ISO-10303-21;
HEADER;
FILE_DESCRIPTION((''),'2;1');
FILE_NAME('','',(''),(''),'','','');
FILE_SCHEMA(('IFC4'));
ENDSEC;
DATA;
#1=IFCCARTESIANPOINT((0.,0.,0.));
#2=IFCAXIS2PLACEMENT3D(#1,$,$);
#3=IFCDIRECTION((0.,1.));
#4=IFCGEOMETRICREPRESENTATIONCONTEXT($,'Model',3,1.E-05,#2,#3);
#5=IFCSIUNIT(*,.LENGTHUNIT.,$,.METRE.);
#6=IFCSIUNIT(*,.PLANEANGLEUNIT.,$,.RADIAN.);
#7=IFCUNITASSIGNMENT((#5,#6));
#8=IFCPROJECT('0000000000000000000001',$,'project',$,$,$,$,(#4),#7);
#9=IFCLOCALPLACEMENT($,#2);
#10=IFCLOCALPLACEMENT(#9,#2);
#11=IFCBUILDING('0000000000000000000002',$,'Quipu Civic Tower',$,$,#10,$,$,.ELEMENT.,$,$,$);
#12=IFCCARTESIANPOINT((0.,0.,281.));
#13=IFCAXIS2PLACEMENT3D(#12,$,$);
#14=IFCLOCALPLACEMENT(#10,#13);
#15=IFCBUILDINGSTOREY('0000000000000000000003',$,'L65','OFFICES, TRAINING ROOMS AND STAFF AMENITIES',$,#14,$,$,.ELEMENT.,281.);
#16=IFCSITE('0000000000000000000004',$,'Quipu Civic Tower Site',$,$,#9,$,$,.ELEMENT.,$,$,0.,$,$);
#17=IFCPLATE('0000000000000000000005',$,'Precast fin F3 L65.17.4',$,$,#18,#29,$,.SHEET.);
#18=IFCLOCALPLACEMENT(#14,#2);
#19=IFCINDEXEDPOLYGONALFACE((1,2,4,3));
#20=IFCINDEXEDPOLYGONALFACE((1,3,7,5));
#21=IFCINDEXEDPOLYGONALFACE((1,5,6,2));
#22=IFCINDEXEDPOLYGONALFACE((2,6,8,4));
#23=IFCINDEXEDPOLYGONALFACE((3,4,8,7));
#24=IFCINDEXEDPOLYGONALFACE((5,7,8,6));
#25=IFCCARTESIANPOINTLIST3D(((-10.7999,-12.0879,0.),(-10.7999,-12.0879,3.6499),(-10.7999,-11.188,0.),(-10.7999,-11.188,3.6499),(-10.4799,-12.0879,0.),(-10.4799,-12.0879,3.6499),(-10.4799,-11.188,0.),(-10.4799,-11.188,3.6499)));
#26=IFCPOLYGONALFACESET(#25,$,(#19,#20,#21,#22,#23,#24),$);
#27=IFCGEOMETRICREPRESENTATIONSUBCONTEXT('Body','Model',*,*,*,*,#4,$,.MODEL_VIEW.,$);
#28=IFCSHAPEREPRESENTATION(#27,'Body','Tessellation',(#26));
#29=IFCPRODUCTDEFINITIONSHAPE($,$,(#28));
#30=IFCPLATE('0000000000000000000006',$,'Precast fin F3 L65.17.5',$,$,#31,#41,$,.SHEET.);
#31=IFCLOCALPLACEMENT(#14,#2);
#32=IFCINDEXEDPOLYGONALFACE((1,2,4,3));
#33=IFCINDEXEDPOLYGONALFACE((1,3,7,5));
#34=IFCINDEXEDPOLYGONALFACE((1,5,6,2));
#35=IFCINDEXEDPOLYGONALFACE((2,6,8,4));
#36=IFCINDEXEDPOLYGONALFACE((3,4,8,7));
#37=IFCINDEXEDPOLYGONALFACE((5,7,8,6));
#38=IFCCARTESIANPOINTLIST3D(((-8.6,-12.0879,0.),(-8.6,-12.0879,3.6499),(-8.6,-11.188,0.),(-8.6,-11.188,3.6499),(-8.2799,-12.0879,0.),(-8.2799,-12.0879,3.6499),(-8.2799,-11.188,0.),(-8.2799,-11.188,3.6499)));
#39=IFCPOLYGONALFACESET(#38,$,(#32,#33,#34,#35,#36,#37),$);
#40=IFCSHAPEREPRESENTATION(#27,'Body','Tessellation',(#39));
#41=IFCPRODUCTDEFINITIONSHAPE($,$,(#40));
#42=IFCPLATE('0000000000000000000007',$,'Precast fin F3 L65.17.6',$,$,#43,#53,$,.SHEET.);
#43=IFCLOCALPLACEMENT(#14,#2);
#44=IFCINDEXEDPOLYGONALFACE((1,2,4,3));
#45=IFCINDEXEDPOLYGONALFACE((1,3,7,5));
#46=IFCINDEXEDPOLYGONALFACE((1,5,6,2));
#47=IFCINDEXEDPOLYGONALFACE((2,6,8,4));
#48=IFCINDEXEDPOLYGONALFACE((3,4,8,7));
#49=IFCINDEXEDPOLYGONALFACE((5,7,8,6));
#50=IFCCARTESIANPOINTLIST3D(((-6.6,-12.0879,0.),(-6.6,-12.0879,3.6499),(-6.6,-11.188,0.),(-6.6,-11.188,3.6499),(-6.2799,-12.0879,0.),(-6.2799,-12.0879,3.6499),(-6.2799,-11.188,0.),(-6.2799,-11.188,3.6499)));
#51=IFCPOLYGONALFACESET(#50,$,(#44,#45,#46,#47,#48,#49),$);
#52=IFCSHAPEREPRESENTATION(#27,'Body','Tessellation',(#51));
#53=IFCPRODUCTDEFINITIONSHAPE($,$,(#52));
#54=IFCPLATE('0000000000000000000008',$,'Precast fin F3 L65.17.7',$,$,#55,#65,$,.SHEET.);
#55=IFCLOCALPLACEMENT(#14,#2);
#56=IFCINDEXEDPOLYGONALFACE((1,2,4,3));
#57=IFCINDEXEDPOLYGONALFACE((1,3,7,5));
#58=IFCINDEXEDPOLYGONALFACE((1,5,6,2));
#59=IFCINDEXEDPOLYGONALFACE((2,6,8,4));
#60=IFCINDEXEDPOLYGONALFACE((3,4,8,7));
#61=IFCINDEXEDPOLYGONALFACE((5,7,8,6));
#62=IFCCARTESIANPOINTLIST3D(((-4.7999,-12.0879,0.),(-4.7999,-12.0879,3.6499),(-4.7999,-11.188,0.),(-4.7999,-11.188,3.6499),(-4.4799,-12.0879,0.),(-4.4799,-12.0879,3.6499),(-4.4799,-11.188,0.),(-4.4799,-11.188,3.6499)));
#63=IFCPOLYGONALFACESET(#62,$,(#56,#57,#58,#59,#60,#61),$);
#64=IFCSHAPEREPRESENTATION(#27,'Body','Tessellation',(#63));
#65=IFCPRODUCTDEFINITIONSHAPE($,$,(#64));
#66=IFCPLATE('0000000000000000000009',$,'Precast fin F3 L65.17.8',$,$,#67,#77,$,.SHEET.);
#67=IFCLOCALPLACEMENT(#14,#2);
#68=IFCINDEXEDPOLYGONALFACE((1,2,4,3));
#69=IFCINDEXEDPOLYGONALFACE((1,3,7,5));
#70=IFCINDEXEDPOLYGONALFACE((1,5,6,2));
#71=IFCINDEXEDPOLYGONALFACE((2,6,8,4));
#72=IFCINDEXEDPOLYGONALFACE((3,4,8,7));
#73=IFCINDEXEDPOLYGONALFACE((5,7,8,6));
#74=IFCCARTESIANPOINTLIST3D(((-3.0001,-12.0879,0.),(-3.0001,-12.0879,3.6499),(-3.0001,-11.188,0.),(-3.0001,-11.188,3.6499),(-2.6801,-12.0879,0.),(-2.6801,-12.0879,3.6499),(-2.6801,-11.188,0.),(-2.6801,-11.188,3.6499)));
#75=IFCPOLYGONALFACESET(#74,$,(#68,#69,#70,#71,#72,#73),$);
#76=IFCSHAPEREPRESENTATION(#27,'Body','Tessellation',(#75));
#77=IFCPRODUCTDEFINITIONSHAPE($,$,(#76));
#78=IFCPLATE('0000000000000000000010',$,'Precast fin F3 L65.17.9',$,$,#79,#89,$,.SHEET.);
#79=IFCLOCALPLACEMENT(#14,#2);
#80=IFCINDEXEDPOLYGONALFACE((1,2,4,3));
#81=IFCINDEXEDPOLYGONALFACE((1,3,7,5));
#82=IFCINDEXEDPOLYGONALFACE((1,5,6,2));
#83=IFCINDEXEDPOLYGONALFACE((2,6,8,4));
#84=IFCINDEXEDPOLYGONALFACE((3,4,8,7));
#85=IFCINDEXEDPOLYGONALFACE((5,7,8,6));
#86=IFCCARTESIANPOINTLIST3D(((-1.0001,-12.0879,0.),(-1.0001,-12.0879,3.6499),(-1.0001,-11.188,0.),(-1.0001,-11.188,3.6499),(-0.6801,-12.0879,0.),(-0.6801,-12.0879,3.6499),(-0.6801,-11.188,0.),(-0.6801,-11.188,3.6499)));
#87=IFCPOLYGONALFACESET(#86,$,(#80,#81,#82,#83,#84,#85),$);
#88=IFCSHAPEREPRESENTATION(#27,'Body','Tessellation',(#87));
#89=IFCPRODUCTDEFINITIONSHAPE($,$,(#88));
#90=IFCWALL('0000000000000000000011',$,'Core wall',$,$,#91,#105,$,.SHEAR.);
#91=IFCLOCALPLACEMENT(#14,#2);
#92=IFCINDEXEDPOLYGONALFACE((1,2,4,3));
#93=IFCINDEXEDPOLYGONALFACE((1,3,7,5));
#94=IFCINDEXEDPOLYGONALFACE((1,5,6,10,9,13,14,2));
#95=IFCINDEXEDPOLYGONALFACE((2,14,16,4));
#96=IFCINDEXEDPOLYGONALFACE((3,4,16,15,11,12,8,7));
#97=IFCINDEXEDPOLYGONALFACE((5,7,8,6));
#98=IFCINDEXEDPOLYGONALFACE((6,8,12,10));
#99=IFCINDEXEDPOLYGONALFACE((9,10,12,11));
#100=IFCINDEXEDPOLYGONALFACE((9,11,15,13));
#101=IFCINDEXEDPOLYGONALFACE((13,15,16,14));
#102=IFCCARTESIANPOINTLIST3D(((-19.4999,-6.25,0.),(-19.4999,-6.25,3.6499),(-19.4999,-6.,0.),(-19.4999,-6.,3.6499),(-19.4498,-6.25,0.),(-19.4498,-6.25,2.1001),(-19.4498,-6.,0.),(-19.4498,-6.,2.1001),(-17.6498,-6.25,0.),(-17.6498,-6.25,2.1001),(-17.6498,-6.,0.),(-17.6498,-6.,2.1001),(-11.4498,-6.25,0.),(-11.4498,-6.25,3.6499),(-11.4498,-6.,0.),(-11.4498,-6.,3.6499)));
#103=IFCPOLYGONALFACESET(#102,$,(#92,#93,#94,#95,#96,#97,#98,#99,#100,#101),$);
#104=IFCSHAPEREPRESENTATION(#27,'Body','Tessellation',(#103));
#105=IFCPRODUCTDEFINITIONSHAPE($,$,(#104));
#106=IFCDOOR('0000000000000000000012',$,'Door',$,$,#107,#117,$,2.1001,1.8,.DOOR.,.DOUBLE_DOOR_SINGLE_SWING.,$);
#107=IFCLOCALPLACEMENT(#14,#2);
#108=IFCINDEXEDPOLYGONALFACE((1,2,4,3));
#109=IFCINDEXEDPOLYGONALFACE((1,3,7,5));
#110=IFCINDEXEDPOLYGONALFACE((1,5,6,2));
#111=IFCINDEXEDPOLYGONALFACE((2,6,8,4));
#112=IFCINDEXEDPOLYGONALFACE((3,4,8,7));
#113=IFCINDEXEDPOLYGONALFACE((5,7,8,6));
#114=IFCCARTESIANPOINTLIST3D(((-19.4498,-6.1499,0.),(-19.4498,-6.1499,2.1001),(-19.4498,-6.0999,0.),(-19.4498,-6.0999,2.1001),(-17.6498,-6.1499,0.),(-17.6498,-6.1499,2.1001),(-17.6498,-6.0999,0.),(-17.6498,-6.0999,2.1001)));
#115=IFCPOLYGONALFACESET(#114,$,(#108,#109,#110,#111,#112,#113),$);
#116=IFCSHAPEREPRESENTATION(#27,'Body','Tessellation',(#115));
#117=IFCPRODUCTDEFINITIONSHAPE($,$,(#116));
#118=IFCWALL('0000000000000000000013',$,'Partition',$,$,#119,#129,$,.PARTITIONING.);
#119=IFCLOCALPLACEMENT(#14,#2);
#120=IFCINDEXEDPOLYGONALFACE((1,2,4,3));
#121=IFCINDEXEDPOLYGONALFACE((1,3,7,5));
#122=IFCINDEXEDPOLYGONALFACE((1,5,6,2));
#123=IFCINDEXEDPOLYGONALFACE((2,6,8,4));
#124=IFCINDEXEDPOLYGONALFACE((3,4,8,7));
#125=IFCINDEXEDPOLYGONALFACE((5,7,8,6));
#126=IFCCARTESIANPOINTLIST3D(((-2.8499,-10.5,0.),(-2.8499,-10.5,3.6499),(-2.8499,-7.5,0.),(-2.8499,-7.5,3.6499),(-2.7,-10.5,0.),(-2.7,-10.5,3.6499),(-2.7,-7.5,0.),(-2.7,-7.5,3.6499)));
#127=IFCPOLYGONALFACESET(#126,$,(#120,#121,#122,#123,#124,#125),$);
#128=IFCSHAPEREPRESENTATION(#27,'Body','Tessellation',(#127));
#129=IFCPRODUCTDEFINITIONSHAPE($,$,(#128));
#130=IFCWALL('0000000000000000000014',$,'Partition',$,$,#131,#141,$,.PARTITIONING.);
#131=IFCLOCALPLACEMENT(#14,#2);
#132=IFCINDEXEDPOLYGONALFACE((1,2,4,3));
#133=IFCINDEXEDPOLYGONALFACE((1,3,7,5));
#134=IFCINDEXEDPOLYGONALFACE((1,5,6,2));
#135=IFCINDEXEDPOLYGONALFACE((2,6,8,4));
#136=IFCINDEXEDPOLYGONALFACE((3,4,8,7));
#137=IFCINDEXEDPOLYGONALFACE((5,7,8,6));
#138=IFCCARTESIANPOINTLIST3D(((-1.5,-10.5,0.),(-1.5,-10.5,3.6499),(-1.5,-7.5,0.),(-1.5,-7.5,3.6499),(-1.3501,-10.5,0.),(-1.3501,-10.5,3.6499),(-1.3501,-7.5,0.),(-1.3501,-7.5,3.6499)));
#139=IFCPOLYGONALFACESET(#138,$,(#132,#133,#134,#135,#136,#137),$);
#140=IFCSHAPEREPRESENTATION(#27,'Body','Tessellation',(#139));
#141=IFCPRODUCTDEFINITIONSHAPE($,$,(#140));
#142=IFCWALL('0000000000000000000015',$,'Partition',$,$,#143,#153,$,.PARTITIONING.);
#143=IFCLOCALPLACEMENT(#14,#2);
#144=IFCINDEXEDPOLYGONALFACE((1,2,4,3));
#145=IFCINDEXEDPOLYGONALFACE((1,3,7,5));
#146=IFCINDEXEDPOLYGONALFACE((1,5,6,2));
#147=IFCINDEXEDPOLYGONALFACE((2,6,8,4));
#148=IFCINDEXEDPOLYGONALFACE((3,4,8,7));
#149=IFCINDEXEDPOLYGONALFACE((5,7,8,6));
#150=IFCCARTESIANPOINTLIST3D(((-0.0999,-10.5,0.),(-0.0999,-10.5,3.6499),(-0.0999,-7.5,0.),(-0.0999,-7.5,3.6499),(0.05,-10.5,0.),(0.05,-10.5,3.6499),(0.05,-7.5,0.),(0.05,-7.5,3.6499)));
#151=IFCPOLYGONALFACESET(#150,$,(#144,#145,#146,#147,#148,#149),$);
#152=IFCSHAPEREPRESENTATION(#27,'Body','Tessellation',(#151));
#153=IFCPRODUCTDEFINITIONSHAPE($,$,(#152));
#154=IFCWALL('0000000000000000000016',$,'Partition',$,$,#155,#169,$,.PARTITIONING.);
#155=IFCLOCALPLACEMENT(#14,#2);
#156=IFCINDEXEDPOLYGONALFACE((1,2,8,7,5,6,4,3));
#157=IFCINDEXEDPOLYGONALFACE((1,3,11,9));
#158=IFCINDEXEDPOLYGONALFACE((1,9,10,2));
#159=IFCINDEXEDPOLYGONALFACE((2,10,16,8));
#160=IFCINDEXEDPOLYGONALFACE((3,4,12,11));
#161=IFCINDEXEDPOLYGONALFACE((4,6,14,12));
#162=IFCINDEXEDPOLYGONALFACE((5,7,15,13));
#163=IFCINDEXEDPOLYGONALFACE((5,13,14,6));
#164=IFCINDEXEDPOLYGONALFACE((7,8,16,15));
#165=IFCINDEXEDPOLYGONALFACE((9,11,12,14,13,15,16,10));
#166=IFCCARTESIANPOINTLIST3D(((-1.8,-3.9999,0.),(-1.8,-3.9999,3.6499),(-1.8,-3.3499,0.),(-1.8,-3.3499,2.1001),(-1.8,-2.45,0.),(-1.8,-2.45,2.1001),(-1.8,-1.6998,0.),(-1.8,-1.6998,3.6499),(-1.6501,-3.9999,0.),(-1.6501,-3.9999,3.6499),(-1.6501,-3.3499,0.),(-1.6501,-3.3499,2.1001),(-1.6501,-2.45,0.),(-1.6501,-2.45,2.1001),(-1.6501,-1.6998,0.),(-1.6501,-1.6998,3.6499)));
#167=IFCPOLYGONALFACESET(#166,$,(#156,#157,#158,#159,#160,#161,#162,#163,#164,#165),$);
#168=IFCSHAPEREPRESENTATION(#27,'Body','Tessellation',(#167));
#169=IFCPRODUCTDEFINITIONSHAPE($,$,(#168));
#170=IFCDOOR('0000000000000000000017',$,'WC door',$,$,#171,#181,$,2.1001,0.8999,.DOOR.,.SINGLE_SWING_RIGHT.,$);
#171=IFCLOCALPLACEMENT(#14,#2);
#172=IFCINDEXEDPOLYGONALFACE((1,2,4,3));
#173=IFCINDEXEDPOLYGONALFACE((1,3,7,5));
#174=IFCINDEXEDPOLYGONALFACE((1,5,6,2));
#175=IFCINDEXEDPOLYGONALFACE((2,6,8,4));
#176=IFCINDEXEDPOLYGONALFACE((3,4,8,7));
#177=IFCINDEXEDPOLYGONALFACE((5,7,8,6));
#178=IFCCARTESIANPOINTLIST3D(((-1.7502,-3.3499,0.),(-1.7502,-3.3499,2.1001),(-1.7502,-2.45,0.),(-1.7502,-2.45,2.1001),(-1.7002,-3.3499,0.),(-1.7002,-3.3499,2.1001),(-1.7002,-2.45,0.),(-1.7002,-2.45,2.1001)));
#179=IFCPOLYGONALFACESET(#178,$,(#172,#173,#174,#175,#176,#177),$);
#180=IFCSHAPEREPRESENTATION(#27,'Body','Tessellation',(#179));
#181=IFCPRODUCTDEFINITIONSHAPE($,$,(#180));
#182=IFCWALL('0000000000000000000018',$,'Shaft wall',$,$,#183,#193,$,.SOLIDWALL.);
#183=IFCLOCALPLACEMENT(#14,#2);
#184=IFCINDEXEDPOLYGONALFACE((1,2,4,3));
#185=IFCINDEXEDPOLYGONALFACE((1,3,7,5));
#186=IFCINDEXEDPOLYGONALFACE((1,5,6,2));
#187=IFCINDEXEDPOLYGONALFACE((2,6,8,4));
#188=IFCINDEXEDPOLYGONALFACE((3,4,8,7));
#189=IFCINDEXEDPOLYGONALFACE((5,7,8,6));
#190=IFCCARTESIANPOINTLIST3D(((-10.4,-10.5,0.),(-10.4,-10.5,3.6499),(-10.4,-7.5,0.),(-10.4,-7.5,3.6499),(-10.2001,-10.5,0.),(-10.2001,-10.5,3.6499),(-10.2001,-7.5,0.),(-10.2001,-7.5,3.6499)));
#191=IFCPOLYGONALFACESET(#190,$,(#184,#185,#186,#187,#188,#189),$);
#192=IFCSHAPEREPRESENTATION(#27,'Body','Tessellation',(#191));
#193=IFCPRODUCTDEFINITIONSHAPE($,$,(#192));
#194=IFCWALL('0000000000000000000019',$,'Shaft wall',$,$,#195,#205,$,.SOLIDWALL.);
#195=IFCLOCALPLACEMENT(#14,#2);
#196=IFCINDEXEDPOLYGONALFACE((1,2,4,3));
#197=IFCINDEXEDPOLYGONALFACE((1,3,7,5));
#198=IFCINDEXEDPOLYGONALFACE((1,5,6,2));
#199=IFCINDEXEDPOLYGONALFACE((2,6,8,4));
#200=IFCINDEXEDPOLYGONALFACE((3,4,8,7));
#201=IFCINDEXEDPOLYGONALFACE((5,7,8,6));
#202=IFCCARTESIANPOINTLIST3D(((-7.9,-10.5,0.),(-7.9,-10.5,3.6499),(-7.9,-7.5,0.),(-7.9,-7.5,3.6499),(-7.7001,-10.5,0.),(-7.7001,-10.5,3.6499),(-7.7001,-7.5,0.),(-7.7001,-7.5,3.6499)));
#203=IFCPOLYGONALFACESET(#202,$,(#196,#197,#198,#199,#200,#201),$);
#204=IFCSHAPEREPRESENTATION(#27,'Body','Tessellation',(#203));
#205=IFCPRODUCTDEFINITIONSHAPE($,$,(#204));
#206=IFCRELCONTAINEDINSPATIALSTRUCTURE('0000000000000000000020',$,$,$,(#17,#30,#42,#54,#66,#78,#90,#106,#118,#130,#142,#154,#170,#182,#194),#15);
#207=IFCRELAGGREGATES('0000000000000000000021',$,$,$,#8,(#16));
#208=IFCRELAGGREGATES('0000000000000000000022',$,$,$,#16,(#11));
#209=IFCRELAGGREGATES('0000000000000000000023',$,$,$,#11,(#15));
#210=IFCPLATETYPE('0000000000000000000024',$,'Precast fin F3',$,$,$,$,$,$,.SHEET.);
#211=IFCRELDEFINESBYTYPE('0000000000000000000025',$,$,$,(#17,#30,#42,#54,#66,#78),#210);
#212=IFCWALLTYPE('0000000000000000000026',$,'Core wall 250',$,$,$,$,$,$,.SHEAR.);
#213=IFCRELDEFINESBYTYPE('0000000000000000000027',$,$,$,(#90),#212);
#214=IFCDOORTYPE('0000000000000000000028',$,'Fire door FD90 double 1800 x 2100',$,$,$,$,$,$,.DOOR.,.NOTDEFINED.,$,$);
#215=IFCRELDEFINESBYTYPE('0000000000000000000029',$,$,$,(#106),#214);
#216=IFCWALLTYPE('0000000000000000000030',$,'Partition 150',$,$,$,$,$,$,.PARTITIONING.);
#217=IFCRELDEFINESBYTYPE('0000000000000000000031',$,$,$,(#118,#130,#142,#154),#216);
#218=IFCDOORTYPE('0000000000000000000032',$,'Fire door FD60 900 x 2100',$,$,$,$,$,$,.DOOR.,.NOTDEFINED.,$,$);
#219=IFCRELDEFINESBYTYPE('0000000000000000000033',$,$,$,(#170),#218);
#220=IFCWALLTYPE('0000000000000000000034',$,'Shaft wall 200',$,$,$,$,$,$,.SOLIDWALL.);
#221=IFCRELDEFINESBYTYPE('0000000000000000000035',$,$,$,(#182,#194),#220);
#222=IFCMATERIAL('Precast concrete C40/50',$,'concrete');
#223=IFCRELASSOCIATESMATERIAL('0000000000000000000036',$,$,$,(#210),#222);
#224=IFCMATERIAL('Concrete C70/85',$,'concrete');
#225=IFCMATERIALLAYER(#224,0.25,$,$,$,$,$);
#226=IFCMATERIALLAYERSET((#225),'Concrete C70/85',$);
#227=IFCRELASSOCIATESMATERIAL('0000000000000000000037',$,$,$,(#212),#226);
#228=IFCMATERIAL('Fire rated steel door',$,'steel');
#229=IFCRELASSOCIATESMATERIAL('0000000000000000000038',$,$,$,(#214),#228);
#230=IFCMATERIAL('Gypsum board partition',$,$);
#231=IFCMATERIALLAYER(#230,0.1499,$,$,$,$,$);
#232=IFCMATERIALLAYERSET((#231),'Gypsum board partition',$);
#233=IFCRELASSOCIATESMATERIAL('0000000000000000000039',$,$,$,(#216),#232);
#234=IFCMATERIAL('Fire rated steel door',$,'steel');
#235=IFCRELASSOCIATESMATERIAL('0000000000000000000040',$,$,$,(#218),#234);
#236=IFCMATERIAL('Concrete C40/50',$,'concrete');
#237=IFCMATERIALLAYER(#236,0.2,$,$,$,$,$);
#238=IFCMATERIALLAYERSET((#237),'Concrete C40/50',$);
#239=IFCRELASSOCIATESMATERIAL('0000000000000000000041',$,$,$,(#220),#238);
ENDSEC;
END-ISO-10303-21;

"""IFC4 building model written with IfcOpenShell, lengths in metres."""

from ifc_helpers import new_model, si_unit, direction, frame, frame_2d, origin, origin_2d, place, context, subcontext, project, spatial, rectangle, extrude, material, layer, layer_set, type_object, element, fill, save


model = new_model("IFC4")

# Units and contexts
model_context = context("Model", 3, precision=1e-05, world=origin(), true_north=direction((0.0, 1.0)))
body_context = subcontext(model_context, "Body", "Model", "MODEL_VIEW")
ifc_project = project(units=[si_unit("LENGTHUNIT", "METRE"), si_unit("PLANEANGLEUNIT", "RADIAN")], contexts=[model_context])

# Site, building, storey
site_placement = place(None, origin())
site = spatial("IfcSite", under=ifc_project, at=site_placement, Name="Quipu Civic Tower Site", CompositionType="ELEMENT", RefElevation=0.0)
building_placement = place(site_placement, origin())
building = spatial("IfcBuilding", under=site, at=building_placement, Name="Quipu Civic Tower", CompositionType="ELEMENT")
storey_placement = place(building_placement, frame((0.0, 0.0, 281.0)))
storey = spatial("IfcBuildingStorey", under=building, at=storey_placement, Name="L65", Description="OFFICES, TRAINING ROOMS AND STAFF AMENITIES", CompositionType="ELEMENT", Elevation=281.0)

# Plates
ifc_material_1 = material(Name="Precast concrete C40/50", Category="concrete")
plate_type = type_object("IfcPlateType", Name="Precast fin F3", PredefinedType="SHEET", material=ifc_material_1)
for number, where, z_axis, x_axis, name in (
    (1, (-10.6399, -11.6379, 0.0), (0.0, 0.0, 1.0), (1.0, 0.0, 0.0), "Precast fin F3 L65.17.4"),
    (2, (-8.4399, -11.6379, 0.0), (0.0, 0.0, 1.0), (1.0, 0.0, 0.0), "Precast fin F3 L65.17.5"),
    (3, (-6.4399, -11.6379, 0.0), (0.0, 0.0, 1.0), (1.0, 0.0, 0.0), "Precast fin F3 L65.17.6"),
    (4, (-4.6399, -11.6379, 0.0), (0.0, 0.0, 1.0), (1.0, 0.0, 0.0), "Precast fin F3 L65.17.7"),
    (5, (-2.8401, -11.6379, 0.0), (0.0, 0.0, 1.0), (1.0, 0.0, 0.0), "Precast fin F3 L65.17.8"),
    (6, (-0.8401, -11.6379, 0.0), (0.0, 0.0, 1.0), (1.0, 0.0, 0.0), "Precast fin F3 L65.17.9"),
):
    element("IfcPlate", number, at=place(storey_placement, frame(where, z_axis=z_axis, x_axis=x_axis)), inside=storey, type_object=plate_type, Name=name, PredefinedType="SHEET", context=body_context, shape_type="SweptSolid", body=[
        extrude(rectangle(XDim=0.3201, YDim=0.8999, at=origin_2d()), origin(), (0.0, 0.0, 1.0), 3.6499),
    ])

# Wall, opening, door
ifc_material_2 = material(Name="Concrete C70/85", Category="concrete")
ifc_layer_1 = layer(ifc_material_2, 0.25)
ifc_layer_set_1 = layer_set([ifc_layer_1], Name="Concrete C70/85")
wall_type_1 = type_object("IfcWallType", Name="Core wall 250", PredefinedType="SHEAR", material=ifc_layer_set_1)
wall_1_placement = place(storey_placement, frame((-11.45, -6.125, 0.0), z_axis=(0.0, 0.0, 1.0), x_axis=(-1.0, 0.0, 0.0)))
wall_1 = element("IfcWall", 7, at=wall_1_placement, inside=storey, type_object=wall_type_1, Name="Core wall", PredefinedType="SHEAR", context=body_context, shape_type="SweptSolid", body=[
    extrude(rectangle(XDim=8.05, YDim=0.25, at=frame_2d((4.0249, 0.0))), origin(), (0.0, 0.0, 1.0), 3.6499),
])
opening_1_placement = place(wall_1_placement, frame((6.2, 0.0, 0.0)))
opening_1 = element("IfcOpeningElement", 8, at=opening_1_placement, cuts=wall_1, PredefinedType="OPENING", context=body_context, shape_type="SweptSolid", body=[
    extrude(rectangle(XDim=1.8, YDim=2.1001, at=frame_2d((0.8999, 1.05))), frame((0.0, 0.135, 0.0), z_axis=(0.0, -1.0, 0.0), x_axis=(1.0, 0.0, 0.0)), (0.0, 0.0, 1.0), 0.27),
])
ifc_material_3 = material(Name="Fire rated steel door", Category="steel")
door_type_1 = type_object("IfcDoorType", Name="Fire door FD90 double 1800 x 2100", OperationType="NOTDEFINED", PredefinedType="DOOR", material=ifc_material_3)
door_1_placement = place(opening_1_placement, origin())
door_1 = element("IfcDoor", 9, at=door_1_placement, inside=storey, type_object=door_type_1, Name="Door", OperationType="DOUBLE_DOOR_SINGLE_SWING", OverallHeight=2.1001, OverallWidth=1.8, PredefinedType="DOOR", context=body_context, shape_type="SweptSolid", body=[
    extrude(rectangle(XDim=1.8, YDim=2.1001, at=frame_2d((0.8999, 1.05))), frame((0.0, 0.0249, 0.0), z_axis=(0.0, -1.0, 0.0), x_axis=(1.0, 0.0, 0.0)), (0.0, 0.0, 1.0), 0.05),
])
fill(opening_1, door_1)

# Walls
ifc_material_4 = material(Name="Gypsum board partition")
ifc_layer_2 = layer(ifc_material_4, 0.1499)
ifc_layer_set_2 = layer_set([ifc_layer_2], Name="Gypsum board partition")
wall_type_2 = type_object("IfcWallType", Name="Partition 150", PredefinedType="PARTITIONING", material=ifc_layer_set_2)
for number, where, z_axis, x_axis, name in (
    (10, (-2.7749, -10.5, 0.0), (0.0, 0.0, 1.0), (0.0, 1.0, 0.0), "Partition"),
    (11, (-1.425, -10.5, 0.0), (0.0, 0.0, 1.0), (0.0, 1.0, 0.0), "Partition"),
    (12, (-0.0249, -10.5, 0.0), (0.0, 0.0, 1.0), (0.0, 1.0, 0.0), "Partition"),
):
    element("IfcWall", number, at=place(storey_placement, frame(where, z_axis=z_axis, x_axis=x_axis)), inside=storey, type_object=wall_type_2, Name=name, PredefinedType="PARTITIONING", context=body_context, shape_type="SweptSolid", body=[
        extrude(rectangle(XDim=3.0, YDim=0.1499, at=frame_2d((1.5, 0.0))), origin(), (0.0, 0.0, 1.0), 3.6499),
    ])

# Wall, opening, door
wall_2_placement = place(storey_placement, frame((-1.7251, -1.7, 0.0), z_axis=(0.0, 0.0, 1.0), x_axis=(0.0, -1.0, 0.0)))
wall_2 = element("IfcWall", 13, at=wall_2_placement, inside=storey, type_object=wall_type_2, Name="Partition", PredefinedType="PARTITIONING", context=body_context, shape_type="SweptSolid", body=[
    extrude(rectangle(XDim=2.3, YDim=0.1499, at=frame_2d((1.1499, 0.0))), origin(), (0.0, 0.0, 1.0), 3.6499),
])
opening_2_placement = place(wall_2_placement, frame((0.75, 0.0, 0.0)))
opening_2 = element("IfcOpeningElement", 14, at=opening_2_placement, cuts=wall_2, PredefinedType="OPENING", context=body_context, shape_type="SweptSolid", body=[
    extrude(rectangle(XDim=0.8999, YDim=2.1001, at=frame_2d((0.45, 1.05))), frame((0.0, 0.085, 0.0), z_axis=(0.0, -1.0, 0.0), x_axis=(1.0, 0.0, 0.0)), (0.0, 0.0, 1.0), 0.1699),
])
ifc_material_5 = material(Name="Fire rated steel door", Category="steel")
door_type_2 = type_object("IfcDoorType", Name="Fire door FD60 900 x 2100", OperationType="NOTDEFINED", PredefinedType="DOOR", material=ifc_material_5)
door_2_placement = place(opening_2_placement, origin())
door_2 = element("IfcDoor", 15, at=door_2_placement, inside=storey, type_object=door_type_2, Name="WC door", OperationType="SINGLE_SWING_RIGHT", OverallHeight=2.1001, OverallWidth=0.8999, PredefinedType="DOOR", context=body_context, shape_type="SweptSolid", body=[
    extrude(rectangle(XDim=0.8999, YDim=2.1001, at=frame_2d((0.45, 1.05))), frame((0.0, 0.0249, 0.0), z_axis=(0.0, -1.0, 0.0), x_axis=(1.0, 0.0, 0.0)), (0.0, 0.0, 1.0), 0.05),
])
fill(opening_2, door_2)

# Walls
ifc_material_6 = material(Name="Concrete C40/50", Category="concrete")
ifc_layer_3 = layer(ifc_material_6, 0.2)
ifc_layer_set_3 = layer_set([ifc_layer_3], Name="Concrete C40/50")
wall_type_3 = type_object("IfcWallType", Name="Shaft wall 200", PredefinedType="SOLIDWALL", material=ifc_layer_set_3)
for number, where, z_axis, x_axis, name in (
    (16, (-10.3, -10.5, 0.0), (0.0, 0.0, 1.0), (0.0, 1.0, 0.0), "Shaft wall"),
    (17, (-7.8, -10.5, 0.0), (0.0, 0.0, 1.0), (0.0, 1.0, 0.0), "Shaft wall"),
):
    element("IfcWall", number, at=place(storey_placement, frame(where, z_axis=z_axis, x_axis=x_axis)), inside=storey, type_object=wall_type_3, Name=name, PredefinedType="SOLIDWALL", context=body_context, shape_type="SweptSolid", body=[
        extrude(rectangle(XDim=3.0, YDim=0.2, at=frame_2d((1.5, 0.0))), origin(), (0.0, 0.0, 1.0), 3.6499),
    ])

save(model, "model.ifc")
